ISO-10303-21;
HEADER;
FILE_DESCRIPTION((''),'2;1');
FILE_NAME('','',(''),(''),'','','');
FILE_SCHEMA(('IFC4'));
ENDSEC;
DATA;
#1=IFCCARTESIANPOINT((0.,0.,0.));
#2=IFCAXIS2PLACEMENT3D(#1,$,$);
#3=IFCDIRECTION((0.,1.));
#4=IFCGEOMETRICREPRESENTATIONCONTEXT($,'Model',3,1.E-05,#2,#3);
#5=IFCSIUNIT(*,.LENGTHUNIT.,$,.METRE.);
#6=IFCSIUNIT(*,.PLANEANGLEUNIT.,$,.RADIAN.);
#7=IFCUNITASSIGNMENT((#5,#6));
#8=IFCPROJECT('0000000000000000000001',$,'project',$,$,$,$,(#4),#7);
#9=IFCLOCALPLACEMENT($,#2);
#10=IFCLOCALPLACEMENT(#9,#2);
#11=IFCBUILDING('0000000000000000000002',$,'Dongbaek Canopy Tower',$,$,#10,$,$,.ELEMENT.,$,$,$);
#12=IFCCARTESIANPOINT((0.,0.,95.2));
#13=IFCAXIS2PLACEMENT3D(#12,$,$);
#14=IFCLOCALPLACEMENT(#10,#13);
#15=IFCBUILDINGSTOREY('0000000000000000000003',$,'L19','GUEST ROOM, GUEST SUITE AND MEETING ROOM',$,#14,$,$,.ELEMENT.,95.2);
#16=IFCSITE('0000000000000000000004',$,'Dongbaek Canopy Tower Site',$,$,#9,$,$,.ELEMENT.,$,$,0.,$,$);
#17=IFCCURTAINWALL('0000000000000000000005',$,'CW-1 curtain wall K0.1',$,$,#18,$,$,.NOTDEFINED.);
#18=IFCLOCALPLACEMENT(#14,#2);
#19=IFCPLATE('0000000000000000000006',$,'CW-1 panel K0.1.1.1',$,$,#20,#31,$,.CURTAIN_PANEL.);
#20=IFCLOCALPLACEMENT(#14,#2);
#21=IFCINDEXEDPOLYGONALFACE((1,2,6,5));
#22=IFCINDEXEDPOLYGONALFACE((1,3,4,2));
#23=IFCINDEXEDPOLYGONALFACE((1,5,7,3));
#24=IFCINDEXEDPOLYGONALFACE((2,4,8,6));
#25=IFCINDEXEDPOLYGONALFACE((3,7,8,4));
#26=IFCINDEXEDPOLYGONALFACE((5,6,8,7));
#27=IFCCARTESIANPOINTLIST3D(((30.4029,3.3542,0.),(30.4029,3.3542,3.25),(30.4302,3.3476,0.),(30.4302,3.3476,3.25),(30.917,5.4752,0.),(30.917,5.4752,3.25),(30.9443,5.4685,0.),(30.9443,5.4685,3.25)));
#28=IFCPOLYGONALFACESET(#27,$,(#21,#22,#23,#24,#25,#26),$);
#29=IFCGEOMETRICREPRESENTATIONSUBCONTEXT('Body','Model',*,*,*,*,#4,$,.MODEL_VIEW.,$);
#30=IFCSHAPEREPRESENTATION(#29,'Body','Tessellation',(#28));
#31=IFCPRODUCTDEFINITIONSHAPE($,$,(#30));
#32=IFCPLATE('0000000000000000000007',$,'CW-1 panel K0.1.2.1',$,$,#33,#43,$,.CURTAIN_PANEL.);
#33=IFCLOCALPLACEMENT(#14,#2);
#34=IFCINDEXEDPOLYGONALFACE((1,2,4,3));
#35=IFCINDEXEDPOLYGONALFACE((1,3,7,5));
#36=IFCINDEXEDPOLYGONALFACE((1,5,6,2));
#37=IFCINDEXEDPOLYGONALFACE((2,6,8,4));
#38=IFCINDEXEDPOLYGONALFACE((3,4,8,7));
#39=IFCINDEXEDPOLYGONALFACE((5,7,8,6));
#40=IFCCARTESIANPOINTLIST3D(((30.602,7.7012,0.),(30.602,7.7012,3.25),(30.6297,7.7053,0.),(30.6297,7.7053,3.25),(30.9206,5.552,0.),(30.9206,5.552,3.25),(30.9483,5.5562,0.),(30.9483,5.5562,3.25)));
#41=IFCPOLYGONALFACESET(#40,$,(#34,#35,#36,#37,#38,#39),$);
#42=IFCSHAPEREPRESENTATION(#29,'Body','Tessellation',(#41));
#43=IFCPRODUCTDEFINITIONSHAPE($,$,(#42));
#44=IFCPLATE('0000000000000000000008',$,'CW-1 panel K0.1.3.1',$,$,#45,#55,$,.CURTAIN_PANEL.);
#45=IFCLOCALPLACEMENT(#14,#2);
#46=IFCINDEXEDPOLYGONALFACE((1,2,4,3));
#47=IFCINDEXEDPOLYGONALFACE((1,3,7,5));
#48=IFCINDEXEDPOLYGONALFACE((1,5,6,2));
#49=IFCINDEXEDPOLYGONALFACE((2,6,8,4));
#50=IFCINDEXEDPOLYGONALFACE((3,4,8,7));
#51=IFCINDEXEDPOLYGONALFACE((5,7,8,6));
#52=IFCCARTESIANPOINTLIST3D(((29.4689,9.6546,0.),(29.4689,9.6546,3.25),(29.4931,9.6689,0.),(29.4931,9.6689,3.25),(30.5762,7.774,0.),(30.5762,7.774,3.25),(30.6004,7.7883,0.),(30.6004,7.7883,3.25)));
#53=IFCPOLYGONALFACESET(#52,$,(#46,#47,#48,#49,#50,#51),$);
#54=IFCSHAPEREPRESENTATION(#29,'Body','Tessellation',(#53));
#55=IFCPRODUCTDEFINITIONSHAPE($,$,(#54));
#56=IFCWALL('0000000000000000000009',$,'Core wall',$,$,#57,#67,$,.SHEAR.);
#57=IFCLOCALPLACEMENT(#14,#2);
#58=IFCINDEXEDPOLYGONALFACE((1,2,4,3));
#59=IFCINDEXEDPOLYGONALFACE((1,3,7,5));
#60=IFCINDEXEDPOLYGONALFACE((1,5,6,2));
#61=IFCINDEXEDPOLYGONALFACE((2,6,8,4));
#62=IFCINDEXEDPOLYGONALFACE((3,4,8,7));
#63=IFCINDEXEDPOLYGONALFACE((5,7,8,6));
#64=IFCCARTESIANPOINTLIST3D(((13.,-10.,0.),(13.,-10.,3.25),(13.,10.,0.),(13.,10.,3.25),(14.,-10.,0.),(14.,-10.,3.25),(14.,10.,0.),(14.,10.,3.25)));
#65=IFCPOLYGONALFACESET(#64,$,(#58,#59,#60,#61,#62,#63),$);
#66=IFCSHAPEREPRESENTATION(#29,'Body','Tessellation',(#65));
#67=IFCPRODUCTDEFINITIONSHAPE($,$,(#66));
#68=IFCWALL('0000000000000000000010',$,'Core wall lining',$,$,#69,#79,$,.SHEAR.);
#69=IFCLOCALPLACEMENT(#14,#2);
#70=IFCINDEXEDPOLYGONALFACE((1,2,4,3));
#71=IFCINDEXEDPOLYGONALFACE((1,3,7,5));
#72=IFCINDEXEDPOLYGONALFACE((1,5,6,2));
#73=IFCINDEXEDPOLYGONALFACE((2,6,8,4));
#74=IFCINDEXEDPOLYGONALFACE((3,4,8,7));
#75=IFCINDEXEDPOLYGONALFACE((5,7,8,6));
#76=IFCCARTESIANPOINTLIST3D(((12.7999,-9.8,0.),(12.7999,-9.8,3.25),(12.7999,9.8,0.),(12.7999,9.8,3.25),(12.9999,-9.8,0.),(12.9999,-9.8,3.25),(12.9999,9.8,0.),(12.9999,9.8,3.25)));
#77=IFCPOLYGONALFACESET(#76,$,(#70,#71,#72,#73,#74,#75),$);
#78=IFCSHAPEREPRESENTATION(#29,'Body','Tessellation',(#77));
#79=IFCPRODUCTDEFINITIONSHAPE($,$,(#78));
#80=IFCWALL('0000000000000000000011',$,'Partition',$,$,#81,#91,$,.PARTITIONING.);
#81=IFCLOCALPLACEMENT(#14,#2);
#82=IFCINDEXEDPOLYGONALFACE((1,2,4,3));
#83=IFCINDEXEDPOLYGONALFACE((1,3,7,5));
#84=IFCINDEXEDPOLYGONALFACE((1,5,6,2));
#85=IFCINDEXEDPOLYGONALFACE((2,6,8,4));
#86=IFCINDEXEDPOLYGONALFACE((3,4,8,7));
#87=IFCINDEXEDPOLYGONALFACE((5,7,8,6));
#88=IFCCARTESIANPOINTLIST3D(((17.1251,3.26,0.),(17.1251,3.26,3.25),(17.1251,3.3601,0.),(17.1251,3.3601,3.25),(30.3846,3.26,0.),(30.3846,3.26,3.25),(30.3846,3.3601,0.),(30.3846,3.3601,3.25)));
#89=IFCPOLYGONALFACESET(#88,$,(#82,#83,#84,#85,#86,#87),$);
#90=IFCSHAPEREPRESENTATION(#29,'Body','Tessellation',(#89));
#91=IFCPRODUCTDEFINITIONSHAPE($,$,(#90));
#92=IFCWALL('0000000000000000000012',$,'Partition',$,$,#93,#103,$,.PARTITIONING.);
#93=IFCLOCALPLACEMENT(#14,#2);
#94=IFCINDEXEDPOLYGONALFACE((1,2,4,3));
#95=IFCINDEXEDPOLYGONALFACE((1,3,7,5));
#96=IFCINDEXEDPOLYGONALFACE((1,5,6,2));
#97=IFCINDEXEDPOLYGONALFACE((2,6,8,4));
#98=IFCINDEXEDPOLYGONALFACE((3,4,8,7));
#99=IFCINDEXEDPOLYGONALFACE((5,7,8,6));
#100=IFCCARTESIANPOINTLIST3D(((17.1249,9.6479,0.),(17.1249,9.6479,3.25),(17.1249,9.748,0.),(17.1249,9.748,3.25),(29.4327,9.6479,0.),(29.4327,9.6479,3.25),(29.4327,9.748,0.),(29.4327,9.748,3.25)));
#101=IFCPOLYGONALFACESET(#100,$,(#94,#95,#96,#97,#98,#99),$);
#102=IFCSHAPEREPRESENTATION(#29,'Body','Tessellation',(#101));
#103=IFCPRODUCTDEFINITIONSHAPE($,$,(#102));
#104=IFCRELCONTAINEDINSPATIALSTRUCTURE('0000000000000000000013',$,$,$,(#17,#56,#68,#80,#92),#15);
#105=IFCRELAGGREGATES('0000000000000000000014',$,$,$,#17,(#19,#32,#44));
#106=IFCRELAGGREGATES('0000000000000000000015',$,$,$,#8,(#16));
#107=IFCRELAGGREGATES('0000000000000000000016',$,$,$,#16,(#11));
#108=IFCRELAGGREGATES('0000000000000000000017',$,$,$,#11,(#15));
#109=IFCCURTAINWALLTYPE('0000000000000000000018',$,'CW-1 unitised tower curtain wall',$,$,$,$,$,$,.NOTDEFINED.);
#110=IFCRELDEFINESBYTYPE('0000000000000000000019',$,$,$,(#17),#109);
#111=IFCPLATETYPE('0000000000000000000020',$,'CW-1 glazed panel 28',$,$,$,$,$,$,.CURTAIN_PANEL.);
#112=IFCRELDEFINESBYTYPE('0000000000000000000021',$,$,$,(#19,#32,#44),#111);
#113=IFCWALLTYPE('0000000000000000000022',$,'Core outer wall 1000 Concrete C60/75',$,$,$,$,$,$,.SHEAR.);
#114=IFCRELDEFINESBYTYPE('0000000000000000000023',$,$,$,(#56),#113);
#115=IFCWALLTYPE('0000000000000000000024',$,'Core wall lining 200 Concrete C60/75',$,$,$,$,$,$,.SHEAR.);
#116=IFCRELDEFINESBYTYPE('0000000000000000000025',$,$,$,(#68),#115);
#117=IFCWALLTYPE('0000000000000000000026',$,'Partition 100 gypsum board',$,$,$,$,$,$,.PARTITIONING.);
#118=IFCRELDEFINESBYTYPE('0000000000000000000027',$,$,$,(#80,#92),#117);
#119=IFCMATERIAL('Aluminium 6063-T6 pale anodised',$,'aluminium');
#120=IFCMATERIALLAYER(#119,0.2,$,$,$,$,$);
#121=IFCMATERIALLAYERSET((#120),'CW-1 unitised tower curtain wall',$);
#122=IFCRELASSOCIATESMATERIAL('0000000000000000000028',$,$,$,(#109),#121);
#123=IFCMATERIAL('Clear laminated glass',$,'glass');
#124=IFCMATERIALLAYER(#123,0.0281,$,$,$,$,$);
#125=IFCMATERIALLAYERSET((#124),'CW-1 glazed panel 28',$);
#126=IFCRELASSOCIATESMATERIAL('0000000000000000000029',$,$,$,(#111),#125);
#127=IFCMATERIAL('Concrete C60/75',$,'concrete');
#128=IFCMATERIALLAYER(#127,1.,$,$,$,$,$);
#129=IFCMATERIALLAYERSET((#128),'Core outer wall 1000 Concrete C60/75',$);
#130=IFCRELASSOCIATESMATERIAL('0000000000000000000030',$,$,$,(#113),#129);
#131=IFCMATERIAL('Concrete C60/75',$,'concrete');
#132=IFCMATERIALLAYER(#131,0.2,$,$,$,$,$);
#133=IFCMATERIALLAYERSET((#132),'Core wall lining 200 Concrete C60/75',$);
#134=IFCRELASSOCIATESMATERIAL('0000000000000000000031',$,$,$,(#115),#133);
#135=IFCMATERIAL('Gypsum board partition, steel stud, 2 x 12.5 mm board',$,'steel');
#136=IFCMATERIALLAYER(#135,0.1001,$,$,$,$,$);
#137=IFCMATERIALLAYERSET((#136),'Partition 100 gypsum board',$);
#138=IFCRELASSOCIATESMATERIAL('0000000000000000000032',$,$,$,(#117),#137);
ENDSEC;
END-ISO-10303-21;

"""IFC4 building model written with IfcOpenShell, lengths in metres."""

from ifc_helpers import new_model, si_unit, direction, frame, frame_2d, origin, origin_2d, place, context, subcontext, project, spatial, rectangle, extrude, material, layer, layer_set, type_object, element, aggregate, save


model = new_model("IFC4")

# Units and contexts
model_context = context("Model", 3, precision=1e-05, world=origin(), true_north=direction((0.0, 1.0)))
body_context = subcontext(model_context, "Body", "Model", "MODEL_VIEW")
ifc_project = project(units=[si_unit("LENGTHUNIT", "METRE"), si_unit("PLANEANGLEUNIT", "RADIAN")], contexts=[model_context])

# Site, building, storey
site_placement = place(None, origin())
site = spatial("IfcSite", under=ifc_project, at=site_placement, Name="Dongbaek Canopy Tower Site", CompositionType="ELEMENT", RefElevation=0.0)
building_placement = place(site_placement, origin())
building = spatial("IfcBuilding", under=site, at=building_placement, Name="Dongbaek Canopy Tower", CompositionType="ELEMENT")
storey_placement = place(building_placement, frame((0.0, 0.0, 95.2)))
storey = spatial("IfcBuildingStorey", under=building, at=storey_placement, Name="L19", Description="GUEST ROOM, GUEST SUITE AND MEETING ROOM", CompositionType="ELEMENT", Elevation=95.2)

# Curtain wall
ifc_material_1 = material(Name="Aluminium 6063-T6 pale anodised", Category="aluminium")
ifc_layer_1 = layer(ifc_material_1, 0.2)
ifc_layer_set_1 = layer_set([ifc_layer_1], Name="CW-1 unitised tower curtain wall")
curtain_wall_type = type_object("IfcCurtainWallType", Name="CW-1 unitised tower curtain wall", PredefinedType="NOTDEFINED", material=ifc_layer_set_1)
curtain_wall_placement = place(storey_placement, origin())
curtain_wall = element("IfcCurtainWall", 1, at=curtain_wall_placement, inside=storey, type_object=curtain_wall_type, Name="CW-1 curtain wall K0.1", PredefinedType="NOTDEFINED")

# Plates
ifc_material_2 = material(Name="Clear laminated glass", Category="glass")
ifc_layer_2 = layer(ifc_material_2, 0.0281)
ifc_layer_set_2 = layer_set([ifc_layer_2], Name="CW-1 glazed panel 28")
plate_type = type_object("IfcPlateType", Name="CW-1 glazed panel 28", PredefinedType="CURTAIN_PANEL", material=ifc_layer_set_2)
plate_1_placement = place(storey_placement, frame((30.6736, 4.4114, 0.0), z_axis=(0.0, 0.0, 1.0), x_axis=(0.235562, 0.971859, 0.0)))
plate_1 = element("IfcPlate", 2, at=plate_1_placement, type_object=plate_type, Name="CW-1 panel K0.1.1.1", PredefinedType="CURTAIN_PANEL", context=body_context, shape_type="SweptSolid", body=[
    extrude(rectangle(XDim=2.1824, YDim=0.0281, at=origin_2d()), origin(), (0.0, 0.0, 1.0), 3.25),
])
plate_2_placement = place(storey_placement, frame((30.7751, 6.6287, 0.0), z_axis=(0.0, 0.0, 1.0), x_axis=(-0.146641, 0.98919, 0.0)))
plate_2 = element("IfcPlate", 3, at=plate_2_placement, type_object=plate_type, Name="CW-1 panel K0.1.2.1", PredefinedType="CURTAIN_PANEL", context=body_context, shape_type="SweptSolid", body=[
    extrude(rectangle(XDim=2.1726, YDim=0.0281, at=origin_2d()), origin(), (0.0, 0.0, 1.0), 3.25),
])
plate_3_placement = place(storey_placement, frame((30.0347, 8.7214, 0.0), z_axis=(0.0, 0.0, 1.0), x_axis=(-0.507378, 0.861723, 0.0)))
plate_3 = element("IfcPlate", 4, at=plate_3_placement, type_object=plate_type, Name="CW-1 panel K0.1.3.1", PredefinedType="CURTAIN_PANEL", context=body_context, shape_type="SweptSolid", body=[
    extrude(rectangle(XDim=2.1824, YDim=0.0281, at=origin_2d()), origin(), (0.0, 0.0, 1.0), 3.25),
])
aggregate(curtain_wall, [plate_1, plate_2, plate_3])

# Walls
ifc_material_3 = material(Name="Concrete C60/75", Category="concrete")
ifc_layer_3 = layer(ifc_material_3, 1.0)
ifc_layer_set_3 = layer_set([ifc_layer_3], Name="Core outer wall 1000 Concrete C60/75")
wall_type_1 = type_object("IfcWallType", Name="Core outer wall 1000 Concrete C60/75", PredefinedType="SHEAR", material=ifc_layer_set_3)
wall_1_placement = place(storey_placement, frame((13.5, 10.0, 0.0), z_axis=(0.0, 0.0, 1.0), x_axis=(0.0, -1.0, 0.0)))
element("IfcWall", 5, at=wall_1_placement, inside=storey, type_object=wall_type_1, Name="Core wall", PredefinedType="SHEAR", context=body_context, shape_type="SweptSolid", body=[
    extrude(rectangle(XDim=20.0, YDim=1.0, at=frame_2d((10.0, 0.0))), origin(), (0.0, 0.0, 1.0), 3.25),
])
ifc_material_4 = material(Name="Concrete C60/75", Category="concrete")
ifc_layer_4 = layer(ifc_material_4, 0.2)
ifc_layer_set_4 = layer_set([ifc_layer_4], Name="Core wall lining 200 Concrete C60/75")
wall_type_2 = type_object("IfcWallType", Name="Core wall lining 200 Concrete C60/75", PredefinedType="SHEAR", material=ifc_layer_set_4)
wall_2_placement = place(storey_placement, frame((12.8999, 9.8, 0.0), z_axis=(0.0, 0.0, 1.0), x_axis=(0.0, -1.0, 0.0)))
element("IfcWall", 6, at=wall_2_placement, inside=storey, type_object=wall_type_2, Name="Core wall lining", PredefinedType="SHEAR", context=body_context, shape_type="SweptSolid", body=[
    extrude(rectangle(XDim=19.6001, YDim=0.2, at=frame_2d((9.8, 0.0))), origin(), (0.0, 0.0, 1.0), 3.25),
])
ifc_material_5 = material(Name="Gypsum board partition, steel stud, 2 x 12.5 mm board", Category="steel")
ifc_layer_5 = layer(ifc_material_5, 0.1001)
ifc_layer_set_5 = layer_set([ifc_layer_5], Name="Partition 100 gypsum board")
wall_type_3 = type_object("IfcWallType", Name="Partition 100 gypsum board", PredefinedType="PARTITIONING", material=ifc_layer_set_5)
wall_3_placement = place(storey_placement, frame((17.125, 3.3101, 0.0), z_axis=(0.0, 0.0, 1.0), x_axis=(1.0, 0.0, 0.0)))
element("IfcWall", 7, at=wall_3_placement, inside=storey, type_object=wall_type_3, Name="Partition", PredefinedType="PARTITIONING", context=body_context, shape_type="SweptSolid", body=[
    extrude(rectangle(XDim=13.2595, YDim=0.1001, at=frame_2d((6.6299, 0.0))), origin(), (0.0, 0.0, 1.0), 3.25),
])
wall_4_placement = place(storey_placement, frame((17.125, 9.698, 0.0), z_axis=(0.0, 0.0, 1.0), x_axis=(1.0, 0.0, 0.0)))
element("IfcWall", 8, at=wall_4_placement, inside=storey, type_object=wall_type_3, Name="Partition", PredefinedType="PARTITIONING", context=body_context, shape_type="SweptSolid", body=[
    extrude(rectangle(XDim=12.3079, YDim=0.1001, at=frame_2d((6.1538, 0.0))), origin(), (0.0, 0.0, 1.0), 3.25),
])

save(model, "model.ifc")
